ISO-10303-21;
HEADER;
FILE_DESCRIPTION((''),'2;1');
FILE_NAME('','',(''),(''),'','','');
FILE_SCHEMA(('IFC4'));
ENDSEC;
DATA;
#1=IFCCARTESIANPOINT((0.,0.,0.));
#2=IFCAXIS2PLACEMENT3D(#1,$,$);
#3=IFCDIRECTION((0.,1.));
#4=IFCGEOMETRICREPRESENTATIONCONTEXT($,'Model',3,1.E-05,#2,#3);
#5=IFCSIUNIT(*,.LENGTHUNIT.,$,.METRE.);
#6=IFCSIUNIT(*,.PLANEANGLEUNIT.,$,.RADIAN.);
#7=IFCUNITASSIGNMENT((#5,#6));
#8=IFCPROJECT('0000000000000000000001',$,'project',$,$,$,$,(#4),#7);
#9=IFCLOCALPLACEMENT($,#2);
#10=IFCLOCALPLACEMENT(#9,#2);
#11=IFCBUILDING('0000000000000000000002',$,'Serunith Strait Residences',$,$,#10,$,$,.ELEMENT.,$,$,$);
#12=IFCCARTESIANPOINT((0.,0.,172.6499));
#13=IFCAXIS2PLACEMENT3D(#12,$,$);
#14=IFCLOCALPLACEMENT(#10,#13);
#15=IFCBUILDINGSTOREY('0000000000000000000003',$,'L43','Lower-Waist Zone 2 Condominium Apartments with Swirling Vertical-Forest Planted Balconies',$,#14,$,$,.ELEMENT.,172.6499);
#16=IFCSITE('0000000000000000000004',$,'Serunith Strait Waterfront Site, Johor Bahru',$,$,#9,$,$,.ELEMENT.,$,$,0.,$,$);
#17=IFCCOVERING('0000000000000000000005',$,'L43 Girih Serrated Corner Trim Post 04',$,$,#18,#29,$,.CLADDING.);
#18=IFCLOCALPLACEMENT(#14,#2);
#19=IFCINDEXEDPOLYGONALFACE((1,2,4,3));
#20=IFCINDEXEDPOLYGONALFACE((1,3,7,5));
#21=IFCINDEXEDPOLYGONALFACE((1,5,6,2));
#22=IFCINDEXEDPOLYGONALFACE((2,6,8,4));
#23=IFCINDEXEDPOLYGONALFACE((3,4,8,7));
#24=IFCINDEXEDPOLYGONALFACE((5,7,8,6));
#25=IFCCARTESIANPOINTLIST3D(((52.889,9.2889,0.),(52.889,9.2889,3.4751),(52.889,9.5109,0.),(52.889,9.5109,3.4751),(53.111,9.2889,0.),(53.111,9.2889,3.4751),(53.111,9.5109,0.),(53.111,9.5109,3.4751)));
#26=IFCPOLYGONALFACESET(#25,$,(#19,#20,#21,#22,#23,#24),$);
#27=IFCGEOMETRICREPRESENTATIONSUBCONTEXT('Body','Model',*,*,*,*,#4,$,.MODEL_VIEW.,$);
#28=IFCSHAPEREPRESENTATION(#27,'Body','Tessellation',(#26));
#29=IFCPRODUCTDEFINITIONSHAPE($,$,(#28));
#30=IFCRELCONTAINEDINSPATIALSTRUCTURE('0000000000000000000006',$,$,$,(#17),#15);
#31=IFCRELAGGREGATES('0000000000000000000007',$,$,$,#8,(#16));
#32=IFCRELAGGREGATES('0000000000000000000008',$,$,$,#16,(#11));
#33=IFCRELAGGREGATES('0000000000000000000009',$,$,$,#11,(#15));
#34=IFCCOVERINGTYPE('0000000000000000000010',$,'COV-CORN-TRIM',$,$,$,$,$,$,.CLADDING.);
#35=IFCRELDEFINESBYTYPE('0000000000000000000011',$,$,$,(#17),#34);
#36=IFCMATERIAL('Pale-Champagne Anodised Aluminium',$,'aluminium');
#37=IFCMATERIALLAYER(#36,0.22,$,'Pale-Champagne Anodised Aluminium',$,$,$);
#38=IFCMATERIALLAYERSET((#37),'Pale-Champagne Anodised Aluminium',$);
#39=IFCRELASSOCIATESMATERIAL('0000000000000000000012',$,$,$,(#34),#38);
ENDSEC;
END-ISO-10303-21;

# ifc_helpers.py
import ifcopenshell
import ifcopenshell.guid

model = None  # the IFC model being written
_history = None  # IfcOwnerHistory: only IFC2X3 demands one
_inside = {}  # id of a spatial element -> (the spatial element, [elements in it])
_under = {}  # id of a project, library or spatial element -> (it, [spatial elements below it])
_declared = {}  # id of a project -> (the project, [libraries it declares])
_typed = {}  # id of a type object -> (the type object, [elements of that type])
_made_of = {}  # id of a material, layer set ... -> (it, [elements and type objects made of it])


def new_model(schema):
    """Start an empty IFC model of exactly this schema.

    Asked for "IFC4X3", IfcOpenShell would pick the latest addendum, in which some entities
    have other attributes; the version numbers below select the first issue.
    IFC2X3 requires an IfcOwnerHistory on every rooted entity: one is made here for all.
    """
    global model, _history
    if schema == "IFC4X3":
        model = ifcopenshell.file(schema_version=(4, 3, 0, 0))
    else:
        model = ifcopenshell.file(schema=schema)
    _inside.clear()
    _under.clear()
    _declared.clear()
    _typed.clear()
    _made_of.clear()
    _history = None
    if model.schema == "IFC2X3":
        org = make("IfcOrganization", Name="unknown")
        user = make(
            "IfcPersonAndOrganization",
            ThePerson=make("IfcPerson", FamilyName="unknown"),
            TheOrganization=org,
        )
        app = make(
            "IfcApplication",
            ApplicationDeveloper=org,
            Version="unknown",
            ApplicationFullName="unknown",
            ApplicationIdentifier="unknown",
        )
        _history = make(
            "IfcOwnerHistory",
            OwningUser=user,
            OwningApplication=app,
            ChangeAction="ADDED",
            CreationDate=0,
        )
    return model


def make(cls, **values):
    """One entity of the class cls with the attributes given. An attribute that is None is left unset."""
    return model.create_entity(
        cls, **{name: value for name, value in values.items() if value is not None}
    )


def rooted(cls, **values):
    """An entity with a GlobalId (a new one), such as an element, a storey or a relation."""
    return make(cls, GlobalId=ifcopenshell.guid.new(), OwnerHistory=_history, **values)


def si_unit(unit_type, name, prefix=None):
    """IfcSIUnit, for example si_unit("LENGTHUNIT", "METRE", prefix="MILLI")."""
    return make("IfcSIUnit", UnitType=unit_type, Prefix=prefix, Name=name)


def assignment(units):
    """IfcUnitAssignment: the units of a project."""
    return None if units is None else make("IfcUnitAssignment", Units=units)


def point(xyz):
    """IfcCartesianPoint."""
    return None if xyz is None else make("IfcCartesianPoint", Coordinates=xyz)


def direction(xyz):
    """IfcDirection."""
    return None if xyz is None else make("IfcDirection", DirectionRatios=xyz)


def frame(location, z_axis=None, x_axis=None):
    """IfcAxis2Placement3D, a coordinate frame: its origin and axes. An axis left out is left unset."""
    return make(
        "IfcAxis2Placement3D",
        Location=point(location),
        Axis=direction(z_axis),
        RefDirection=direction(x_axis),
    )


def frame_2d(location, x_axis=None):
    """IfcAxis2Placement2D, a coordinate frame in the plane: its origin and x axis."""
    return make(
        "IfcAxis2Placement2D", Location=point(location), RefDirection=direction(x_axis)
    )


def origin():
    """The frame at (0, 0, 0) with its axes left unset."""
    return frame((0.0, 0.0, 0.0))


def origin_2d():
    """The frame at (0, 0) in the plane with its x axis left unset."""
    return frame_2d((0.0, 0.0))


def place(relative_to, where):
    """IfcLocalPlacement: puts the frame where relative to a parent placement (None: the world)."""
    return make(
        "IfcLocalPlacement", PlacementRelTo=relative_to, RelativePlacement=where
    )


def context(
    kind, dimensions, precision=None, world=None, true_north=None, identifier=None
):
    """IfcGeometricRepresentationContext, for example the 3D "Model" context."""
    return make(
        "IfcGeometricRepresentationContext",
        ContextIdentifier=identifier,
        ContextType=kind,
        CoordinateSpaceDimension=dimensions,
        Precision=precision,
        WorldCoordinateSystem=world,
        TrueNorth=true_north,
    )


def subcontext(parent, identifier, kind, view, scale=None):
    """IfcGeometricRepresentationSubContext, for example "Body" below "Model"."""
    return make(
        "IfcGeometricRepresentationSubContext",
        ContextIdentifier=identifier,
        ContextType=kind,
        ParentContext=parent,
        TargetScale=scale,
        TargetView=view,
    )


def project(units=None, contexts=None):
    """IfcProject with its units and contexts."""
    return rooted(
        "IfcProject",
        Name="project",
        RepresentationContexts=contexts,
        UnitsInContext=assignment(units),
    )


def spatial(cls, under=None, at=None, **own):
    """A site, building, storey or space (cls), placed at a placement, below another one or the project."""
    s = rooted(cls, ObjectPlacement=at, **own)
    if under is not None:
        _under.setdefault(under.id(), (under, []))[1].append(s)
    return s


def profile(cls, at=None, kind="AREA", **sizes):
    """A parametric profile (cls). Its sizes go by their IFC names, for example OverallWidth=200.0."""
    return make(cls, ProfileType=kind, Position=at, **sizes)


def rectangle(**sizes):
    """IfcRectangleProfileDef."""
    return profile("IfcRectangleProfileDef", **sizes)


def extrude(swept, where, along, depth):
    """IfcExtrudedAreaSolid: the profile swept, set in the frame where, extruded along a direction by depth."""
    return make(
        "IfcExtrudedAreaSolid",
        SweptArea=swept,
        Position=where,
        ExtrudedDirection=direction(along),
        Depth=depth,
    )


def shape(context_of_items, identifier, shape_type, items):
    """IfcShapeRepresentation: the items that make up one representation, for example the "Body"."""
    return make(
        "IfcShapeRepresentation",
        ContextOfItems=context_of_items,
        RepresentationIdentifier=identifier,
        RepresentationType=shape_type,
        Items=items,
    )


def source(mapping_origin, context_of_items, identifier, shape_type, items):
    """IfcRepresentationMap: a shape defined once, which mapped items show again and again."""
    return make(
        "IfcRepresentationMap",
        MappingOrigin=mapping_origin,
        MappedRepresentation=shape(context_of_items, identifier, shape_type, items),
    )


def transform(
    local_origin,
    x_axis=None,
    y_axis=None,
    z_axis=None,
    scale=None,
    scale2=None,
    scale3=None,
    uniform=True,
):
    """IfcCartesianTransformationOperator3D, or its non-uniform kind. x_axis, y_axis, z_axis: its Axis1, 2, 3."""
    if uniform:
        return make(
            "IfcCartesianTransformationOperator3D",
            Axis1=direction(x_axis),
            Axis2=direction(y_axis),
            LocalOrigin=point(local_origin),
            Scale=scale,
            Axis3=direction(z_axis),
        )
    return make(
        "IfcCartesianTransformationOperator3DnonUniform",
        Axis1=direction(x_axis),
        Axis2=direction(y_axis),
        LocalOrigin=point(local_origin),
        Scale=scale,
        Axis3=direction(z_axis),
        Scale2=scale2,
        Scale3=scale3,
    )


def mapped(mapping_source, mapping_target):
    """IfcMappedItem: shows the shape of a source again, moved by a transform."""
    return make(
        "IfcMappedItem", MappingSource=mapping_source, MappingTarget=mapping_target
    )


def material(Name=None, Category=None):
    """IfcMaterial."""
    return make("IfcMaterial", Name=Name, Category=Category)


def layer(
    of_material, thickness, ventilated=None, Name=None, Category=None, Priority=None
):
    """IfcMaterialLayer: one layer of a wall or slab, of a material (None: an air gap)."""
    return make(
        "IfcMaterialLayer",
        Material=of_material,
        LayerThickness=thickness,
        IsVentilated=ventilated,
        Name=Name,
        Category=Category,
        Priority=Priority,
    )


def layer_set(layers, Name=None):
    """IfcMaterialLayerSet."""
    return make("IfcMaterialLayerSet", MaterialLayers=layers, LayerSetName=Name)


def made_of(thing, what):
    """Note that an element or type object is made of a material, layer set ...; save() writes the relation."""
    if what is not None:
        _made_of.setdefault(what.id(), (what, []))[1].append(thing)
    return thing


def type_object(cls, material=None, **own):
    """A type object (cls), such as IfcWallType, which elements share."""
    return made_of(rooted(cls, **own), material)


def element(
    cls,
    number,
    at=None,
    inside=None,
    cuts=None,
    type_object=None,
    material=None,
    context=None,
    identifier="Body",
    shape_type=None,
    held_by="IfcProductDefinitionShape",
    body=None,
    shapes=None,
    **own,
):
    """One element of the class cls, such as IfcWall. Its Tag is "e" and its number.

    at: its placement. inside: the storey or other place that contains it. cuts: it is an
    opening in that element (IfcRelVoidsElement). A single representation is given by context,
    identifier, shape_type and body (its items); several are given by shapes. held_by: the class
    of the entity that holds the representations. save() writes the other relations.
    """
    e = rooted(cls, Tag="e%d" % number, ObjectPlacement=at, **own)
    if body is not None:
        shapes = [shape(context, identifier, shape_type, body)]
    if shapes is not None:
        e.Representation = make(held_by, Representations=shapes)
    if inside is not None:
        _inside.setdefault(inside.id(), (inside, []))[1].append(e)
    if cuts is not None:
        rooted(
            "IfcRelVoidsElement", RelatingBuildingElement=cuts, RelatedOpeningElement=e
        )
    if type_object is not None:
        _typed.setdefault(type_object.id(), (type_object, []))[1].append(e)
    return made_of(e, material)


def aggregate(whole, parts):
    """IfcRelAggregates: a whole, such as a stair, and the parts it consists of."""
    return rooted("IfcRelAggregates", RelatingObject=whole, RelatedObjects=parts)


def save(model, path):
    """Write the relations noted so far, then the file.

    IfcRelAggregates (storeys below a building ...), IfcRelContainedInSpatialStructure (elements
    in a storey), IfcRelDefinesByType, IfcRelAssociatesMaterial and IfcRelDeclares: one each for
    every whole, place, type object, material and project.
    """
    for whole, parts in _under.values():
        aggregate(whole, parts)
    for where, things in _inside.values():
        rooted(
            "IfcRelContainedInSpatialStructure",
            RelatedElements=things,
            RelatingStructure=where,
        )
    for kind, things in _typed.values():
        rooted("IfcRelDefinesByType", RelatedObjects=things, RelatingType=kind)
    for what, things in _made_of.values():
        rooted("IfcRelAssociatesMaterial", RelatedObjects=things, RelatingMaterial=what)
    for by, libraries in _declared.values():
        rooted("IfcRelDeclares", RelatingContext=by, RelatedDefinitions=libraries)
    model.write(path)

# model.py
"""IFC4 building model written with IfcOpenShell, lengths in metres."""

from ifc_helpers import new_model, si_unit, direction, frame, origin, origin_2d, place, context, subcontext, project, spatial, rectangle, extrude, source, transform, mapped, material, layer, layer_set, type_object, element, save


model = new_model("IFC4")

# Units and contexts
model_context = context("Model", 3, precision=1e-05, world=origin(), true_north=direction((0.0, 1.0)))
body_context = subcontext(model_context, "Body", "Model", "MODEL_VIEW")
ifc_project = project(units=[si_unit("LENGTHUNIT", "METRE"), si_unit("PLANEANGLEUNIT", "RADIAN")], contexts=[model_context])

# Site, building, storey
site_placement = place(None, origin())
site = spatial("IfcSite", under=ifc_project, at=site_placement, Name="Serunith Strait Waterfront Site, Johor Bahru", CompositionType="ELEMENT", RefElevation=0.0)
building_placement = place(site_placement, origin())
building = spatial("IfcBuilding", under=site, at=building_placement, Name="Serunith Strait Residences", CompositionType="ELEMENT")
storey_placement = place(building_placement, frame((0.0, 0.0, 172.6499)))
storey = spatial("IfcBuildingStorey", under=building, at=storey_placement, Name="L43", Description="Lower-Waist Zone 2 Condominium Apartments with Swirling Vertical-Forest Planted Balconies", CompositionType="ELEMENT", Elevation=172.6499)

# Shared definitions
ifc_material_1 = material(Name="Pale-Champagne Anodised Aluminium", Category="aluminium")

# Covering
ifc_layer_1 = layer(ifc_material_1, 0.22, Name="Pale-Champagne Anodised Aluminium")
ifc_layer_set_1 = layer_set([ifc_layer_1], Name="Pale-Champagne Anodised Aluminium")
covering_type = type_object("IfcCoveringType", Name="COV-CORN-TRIM", PredefinedType="CLADDING", material=ifc_layer_set_1)
shared_shape_1 = source(origin(), body_context, "Body", "SweptSolid", [
    extrude(rectangle(XDim=0.2219, YDim=0.2219, at=origin_2d()), origin(), (0.0, 0.0, 1.0), 3.4751),
])
for number, where, z_axis, x_axis, name in (
    (1, (53.0, 9.3999, 0.0), (0.0, 0.0, 1.0), (1.0, 0.0, 0.0), "L43 Girih Serrated Corner Trim Post 04"),
):
    element("IfcCovering", number, at=place(storey_placement, frame(where, z_axis=z_axis, x_axis=x_axis)), inside=storey, type_object=covering_type, Name=name, PredefinedType="CLADDING", context=body_context, shape_type="MappedRepresentation", body=[
        mapped(shared_shape_1, transform((0.0, 0.0, 0.0), scale=1.0)),
    ])

save(model, "model.ifc")
